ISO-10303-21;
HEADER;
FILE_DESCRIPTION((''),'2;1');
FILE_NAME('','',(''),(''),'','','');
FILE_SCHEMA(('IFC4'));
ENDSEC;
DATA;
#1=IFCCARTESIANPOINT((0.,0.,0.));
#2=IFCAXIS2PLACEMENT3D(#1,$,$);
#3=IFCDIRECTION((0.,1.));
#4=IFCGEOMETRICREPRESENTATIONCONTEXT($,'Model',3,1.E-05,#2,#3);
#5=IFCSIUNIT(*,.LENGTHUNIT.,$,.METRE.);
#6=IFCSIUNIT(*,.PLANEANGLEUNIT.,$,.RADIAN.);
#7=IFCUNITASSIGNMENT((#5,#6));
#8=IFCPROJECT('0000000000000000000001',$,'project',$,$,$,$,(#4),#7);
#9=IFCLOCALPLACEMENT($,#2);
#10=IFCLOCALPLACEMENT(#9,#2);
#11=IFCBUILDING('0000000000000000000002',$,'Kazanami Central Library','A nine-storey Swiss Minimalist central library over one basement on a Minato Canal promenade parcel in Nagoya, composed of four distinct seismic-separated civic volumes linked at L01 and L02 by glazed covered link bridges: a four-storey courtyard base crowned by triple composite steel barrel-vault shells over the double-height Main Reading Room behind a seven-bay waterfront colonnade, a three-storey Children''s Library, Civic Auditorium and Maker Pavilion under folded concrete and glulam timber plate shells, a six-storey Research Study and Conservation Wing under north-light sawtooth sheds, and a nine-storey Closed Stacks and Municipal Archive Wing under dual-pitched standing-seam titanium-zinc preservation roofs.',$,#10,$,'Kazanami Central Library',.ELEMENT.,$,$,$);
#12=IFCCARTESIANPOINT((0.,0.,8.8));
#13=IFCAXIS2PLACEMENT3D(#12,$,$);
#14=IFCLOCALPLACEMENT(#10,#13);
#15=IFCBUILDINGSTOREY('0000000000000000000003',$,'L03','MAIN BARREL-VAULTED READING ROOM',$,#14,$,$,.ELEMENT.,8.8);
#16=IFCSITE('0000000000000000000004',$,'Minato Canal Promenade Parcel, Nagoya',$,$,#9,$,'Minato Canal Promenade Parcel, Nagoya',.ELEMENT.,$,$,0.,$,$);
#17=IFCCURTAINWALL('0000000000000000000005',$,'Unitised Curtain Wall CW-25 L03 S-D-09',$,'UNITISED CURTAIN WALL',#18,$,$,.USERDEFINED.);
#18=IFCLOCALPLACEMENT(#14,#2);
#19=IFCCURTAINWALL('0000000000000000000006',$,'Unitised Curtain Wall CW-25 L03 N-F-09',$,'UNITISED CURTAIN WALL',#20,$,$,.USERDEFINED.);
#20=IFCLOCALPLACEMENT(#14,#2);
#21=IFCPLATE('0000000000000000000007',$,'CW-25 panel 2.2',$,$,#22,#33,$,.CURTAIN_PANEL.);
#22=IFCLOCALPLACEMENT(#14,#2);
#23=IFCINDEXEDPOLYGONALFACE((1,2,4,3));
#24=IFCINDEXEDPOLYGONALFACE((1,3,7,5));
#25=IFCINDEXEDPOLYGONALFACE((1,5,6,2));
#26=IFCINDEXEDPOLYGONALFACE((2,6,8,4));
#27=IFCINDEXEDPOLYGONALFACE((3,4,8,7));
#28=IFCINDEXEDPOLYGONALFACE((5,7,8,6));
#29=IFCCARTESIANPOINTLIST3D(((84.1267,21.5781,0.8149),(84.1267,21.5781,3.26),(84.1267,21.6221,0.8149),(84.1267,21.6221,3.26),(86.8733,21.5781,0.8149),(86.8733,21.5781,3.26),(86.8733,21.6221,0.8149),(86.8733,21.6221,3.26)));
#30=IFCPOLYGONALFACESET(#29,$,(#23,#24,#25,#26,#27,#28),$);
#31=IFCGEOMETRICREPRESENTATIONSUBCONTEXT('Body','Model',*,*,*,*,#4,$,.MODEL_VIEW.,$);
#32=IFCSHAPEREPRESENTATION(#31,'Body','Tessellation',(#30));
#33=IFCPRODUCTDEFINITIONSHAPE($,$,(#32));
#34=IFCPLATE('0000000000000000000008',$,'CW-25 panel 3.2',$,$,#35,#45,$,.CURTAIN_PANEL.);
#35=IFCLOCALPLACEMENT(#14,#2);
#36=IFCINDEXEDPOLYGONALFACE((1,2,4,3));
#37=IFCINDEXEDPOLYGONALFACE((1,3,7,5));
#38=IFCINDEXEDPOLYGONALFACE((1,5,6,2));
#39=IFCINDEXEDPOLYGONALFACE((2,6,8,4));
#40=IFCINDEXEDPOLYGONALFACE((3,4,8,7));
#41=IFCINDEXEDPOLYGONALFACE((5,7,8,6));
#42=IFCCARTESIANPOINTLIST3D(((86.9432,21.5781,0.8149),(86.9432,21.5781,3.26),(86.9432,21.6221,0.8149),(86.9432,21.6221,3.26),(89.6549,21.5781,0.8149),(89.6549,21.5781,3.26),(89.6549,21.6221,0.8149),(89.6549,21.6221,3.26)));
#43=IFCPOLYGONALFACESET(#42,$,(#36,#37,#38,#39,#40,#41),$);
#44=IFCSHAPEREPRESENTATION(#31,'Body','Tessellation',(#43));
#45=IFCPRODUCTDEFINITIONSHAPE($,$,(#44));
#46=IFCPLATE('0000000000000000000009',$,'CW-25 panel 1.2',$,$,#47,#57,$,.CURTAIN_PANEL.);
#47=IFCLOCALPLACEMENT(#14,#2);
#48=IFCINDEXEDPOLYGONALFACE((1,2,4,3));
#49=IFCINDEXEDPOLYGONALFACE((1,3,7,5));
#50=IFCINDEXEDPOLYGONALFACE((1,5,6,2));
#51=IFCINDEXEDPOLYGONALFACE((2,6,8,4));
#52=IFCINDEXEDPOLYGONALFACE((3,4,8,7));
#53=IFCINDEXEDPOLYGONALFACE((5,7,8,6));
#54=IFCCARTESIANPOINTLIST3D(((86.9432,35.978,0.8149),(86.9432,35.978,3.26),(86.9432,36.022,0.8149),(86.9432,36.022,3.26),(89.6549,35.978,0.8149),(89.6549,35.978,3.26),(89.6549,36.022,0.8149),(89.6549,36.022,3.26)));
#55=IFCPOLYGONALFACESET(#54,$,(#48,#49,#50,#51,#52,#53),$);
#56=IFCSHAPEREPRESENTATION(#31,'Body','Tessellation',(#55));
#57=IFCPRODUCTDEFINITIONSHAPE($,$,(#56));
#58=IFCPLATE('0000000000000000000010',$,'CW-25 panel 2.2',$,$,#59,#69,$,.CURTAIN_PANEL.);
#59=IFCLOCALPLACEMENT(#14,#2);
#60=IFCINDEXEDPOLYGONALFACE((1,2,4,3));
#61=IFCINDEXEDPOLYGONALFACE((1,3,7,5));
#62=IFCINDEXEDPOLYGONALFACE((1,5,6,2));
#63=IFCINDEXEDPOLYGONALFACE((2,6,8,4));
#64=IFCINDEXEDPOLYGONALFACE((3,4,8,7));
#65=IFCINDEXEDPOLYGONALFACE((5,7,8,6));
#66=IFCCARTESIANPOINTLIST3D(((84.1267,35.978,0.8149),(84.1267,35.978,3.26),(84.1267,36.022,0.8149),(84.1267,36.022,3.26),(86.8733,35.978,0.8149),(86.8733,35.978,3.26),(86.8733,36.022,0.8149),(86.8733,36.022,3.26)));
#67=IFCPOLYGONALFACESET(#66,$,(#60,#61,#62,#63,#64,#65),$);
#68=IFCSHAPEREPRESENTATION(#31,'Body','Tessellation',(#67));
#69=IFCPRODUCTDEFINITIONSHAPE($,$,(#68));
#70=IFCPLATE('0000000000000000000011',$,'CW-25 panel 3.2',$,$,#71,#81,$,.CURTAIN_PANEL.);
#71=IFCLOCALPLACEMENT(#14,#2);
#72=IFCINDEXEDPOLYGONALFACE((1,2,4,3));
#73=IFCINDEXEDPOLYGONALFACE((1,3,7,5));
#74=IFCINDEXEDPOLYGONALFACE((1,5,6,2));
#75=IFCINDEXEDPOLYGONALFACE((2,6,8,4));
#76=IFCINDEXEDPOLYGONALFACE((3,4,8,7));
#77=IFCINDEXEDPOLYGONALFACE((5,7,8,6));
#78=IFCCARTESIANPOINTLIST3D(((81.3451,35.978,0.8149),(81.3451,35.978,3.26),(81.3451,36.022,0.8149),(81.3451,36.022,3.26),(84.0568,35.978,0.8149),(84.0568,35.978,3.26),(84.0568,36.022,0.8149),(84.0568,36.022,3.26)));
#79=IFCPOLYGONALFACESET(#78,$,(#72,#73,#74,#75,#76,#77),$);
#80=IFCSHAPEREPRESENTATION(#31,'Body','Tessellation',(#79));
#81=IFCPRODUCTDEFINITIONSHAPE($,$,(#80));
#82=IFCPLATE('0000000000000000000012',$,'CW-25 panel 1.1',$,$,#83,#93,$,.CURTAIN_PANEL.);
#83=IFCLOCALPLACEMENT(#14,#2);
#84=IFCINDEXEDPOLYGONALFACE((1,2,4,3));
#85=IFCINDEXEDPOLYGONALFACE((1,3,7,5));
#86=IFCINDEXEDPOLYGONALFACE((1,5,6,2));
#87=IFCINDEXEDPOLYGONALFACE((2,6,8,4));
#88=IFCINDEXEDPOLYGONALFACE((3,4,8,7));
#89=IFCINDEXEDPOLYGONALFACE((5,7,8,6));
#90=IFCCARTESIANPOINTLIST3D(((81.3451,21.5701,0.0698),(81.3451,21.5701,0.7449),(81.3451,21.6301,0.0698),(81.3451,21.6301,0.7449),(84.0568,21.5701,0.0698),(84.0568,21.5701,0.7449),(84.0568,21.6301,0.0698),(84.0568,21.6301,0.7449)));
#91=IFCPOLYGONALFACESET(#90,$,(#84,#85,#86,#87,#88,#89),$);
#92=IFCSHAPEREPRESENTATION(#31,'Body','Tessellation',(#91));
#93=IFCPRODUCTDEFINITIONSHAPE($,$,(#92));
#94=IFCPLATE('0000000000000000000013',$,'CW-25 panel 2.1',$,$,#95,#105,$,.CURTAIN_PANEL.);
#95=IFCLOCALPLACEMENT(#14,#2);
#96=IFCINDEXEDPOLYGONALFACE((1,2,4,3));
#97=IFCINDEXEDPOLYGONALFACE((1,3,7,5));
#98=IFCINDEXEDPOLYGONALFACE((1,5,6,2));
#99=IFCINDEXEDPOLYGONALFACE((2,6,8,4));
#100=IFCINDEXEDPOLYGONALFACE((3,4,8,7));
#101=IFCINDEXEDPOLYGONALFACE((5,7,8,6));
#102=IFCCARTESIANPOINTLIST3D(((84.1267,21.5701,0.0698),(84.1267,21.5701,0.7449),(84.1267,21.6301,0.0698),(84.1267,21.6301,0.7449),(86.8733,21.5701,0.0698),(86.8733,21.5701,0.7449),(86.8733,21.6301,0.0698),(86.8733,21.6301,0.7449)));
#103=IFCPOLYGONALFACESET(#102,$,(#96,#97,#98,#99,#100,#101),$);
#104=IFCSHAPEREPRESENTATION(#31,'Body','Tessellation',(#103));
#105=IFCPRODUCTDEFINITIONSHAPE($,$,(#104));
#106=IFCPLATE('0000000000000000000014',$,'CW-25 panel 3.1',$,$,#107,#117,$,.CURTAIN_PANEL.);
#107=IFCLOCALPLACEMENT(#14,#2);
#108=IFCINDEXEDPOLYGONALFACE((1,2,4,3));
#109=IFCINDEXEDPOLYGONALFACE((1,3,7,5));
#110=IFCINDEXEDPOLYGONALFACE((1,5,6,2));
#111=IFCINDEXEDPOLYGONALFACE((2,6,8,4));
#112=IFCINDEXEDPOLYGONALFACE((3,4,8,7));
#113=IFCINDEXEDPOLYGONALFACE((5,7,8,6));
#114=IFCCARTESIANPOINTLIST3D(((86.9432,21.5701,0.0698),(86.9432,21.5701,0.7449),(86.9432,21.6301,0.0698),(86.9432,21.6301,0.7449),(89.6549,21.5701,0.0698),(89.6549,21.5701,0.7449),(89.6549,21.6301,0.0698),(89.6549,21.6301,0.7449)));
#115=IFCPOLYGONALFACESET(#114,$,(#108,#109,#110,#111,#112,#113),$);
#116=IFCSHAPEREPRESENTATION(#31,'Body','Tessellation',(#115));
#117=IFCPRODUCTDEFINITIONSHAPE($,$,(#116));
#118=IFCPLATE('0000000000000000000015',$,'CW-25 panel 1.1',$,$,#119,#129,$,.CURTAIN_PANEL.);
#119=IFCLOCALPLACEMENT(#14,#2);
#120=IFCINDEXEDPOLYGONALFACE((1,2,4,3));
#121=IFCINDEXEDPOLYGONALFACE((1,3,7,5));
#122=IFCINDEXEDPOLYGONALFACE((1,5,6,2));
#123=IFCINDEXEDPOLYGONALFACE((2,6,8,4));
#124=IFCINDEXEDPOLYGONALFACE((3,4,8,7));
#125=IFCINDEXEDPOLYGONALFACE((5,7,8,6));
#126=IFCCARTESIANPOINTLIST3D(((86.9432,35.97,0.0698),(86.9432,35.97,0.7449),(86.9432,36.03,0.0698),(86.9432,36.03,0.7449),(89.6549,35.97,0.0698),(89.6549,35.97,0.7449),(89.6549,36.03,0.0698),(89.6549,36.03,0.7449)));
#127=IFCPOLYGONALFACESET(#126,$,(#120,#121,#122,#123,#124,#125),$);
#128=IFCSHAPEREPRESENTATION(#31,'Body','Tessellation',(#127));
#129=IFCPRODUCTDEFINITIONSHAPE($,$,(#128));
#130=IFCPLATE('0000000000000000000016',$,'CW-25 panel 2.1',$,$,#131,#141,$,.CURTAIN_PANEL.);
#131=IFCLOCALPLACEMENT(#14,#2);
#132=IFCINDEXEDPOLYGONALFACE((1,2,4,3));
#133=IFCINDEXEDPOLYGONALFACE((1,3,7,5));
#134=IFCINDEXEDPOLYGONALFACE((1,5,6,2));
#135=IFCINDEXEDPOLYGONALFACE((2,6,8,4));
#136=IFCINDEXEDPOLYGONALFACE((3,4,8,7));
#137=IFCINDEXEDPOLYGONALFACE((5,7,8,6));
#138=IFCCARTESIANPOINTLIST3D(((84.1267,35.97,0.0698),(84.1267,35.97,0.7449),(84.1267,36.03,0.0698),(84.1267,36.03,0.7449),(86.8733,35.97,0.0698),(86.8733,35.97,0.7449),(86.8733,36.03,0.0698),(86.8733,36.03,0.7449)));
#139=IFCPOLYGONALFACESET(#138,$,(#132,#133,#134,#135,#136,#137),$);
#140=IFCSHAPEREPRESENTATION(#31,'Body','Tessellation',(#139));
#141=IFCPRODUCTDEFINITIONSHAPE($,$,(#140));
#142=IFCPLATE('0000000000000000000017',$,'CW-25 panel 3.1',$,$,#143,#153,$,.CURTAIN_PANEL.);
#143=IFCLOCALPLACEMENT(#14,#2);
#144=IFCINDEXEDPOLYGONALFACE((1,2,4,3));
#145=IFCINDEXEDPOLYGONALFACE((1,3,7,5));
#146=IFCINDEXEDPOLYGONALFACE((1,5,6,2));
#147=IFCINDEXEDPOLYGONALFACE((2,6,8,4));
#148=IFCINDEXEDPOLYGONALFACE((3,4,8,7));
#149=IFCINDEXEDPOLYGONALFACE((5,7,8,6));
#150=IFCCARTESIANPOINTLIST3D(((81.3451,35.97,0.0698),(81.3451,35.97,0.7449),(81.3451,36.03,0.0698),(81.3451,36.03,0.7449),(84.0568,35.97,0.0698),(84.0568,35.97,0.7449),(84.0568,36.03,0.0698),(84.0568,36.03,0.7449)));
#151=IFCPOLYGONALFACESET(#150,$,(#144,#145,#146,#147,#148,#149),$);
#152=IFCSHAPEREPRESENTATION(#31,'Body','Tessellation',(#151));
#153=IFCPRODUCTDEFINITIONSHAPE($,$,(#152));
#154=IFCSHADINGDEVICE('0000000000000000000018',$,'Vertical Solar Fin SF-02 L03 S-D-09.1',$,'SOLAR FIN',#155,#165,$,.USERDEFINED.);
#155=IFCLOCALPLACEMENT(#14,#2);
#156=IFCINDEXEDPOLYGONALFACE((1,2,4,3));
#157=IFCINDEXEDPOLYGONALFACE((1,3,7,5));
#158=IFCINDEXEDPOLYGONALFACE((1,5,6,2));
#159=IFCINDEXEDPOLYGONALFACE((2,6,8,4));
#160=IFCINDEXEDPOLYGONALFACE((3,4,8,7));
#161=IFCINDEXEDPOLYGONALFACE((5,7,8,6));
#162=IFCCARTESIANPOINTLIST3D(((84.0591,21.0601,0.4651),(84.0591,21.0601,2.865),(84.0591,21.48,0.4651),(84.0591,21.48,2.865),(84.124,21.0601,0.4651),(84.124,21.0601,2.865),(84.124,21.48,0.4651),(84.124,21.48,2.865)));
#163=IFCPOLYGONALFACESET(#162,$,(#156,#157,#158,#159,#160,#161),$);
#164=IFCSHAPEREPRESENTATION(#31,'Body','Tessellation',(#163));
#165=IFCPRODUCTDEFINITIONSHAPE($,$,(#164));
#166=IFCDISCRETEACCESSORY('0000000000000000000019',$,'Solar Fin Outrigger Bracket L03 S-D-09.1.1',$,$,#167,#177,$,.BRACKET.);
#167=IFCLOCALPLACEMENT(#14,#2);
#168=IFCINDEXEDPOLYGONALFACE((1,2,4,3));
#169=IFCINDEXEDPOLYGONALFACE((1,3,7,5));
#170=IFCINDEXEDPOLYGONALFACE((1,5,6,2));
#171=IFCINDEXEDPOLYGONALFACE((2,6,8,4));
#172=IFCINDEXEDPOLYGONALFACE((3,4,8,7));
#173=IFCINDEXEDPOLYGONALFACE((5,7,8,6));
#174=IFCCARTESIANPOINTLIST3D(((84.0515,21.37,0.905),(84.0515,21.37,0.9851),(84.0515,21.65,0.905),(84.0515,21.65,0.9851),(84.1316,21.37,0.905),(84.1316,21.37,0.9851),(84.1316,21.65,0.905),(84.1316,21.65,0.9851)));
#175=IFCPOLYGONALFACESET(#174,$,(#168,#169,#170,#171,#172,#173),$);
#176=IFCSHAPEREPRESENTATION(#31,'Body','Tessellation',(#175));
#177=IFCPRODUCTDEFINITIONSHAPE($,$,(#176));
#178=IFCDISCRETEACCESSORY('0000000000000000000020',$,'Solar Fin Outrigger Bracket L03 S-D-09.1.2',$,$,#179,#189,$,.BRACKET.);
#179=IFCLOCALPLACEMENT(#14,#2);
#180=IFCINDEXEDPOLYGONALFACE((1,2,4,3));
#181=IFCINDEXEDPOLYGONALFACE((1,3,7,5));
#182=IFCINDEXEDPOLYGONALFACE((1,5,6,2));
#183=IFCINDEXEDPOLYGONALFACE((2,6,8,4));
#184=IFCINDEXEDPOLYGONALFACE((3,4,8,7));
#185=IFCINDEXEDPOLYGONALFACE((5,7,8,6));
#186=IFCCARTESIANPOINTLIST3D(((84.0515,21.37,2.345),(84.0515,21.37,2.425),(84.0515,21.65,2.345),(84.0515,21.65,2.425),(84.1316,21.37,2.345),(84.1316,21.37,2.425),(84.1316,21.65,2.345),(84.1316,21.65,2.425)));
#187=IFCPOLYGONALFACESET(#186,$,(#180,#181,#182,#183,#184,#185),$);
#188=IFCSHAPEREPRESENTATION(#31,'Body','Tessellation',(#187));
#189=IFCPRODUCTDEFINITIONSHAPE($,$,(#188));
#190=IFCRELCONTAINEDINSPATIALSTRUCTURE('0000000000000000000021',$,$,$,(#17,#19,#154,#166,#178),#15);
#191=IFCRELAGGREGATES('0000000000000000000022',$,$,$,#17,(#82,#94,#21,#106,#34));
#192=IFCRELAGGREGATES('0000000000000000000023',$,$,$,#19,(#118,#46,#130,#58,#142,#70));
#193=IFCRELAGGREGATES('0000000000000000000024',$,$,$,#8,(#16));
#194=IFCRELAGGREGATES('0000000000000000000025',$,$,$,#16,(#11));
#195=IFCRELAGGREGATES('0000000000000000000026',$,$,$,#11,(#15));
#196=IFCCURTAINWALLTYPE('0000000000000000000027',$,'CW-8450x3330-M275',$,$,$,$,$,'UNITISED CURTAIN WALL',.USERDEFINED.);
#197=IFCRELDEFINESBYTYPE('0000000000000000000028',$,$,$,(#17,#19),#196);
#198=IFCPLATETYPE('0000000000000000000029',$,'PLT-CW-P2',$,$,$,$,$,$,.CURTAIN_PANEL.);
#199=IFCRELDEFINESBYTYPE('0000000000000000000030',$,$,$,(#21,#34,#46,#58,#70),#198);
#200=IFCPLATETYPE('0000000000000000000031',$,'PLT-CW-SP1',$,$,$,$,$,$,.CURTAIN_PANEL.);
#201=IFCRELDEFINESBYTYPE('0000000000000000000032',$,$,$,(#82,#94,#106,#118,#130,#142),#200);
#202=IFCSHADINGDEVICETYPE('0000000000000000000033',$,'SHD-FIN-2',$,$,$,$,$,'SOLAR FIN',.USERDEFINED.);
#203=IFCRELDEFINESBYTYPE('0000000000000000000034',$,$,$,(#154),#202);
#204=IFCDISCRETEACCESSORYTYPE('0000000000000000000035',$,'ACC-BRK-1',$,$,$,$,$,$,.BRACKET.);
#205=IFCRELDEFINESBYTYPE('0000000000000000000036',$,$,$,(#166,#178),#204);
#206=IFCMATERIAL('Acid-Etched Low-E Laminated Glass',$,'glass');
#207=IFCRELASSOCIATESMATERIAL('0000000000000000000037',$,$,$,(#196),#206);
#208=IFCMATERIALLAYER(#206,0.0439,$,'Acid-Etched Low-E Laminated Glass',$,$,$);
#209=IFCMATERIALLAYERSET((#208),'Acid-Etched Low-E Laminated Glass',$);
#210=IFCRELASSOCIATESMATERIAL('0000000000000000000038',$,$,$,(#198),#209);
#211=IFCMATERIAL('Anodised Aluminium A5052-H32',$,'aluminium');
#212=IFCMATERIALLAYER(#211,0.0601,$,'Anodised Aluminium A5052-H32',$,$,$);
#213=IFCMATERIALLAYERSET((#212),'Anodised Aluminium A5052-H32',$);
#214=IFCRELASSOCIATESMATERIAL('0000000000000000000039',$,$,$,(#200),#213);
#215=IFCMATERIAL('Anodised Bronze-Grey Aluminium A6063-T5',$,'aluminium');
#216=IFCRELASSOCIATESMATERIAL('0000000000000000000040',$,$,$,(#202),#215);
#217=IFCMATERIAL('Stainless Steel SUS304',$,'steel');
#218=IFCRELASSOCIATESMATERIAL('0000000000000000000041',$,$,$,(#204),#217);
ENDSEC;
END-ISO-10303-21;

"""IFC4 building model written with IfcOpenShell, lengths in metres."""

from ifc_helpers import new_model, si_unit, direction, frame, origin, origin_2d, place, context, subcontext, project, spatial, rectangle, extrude, material, layer, layer_set, type_object, element, aggregate, save


model = new_model("IFC4")

# Units and contexts
model_context = context("Model", 3, precision=1e-05, world=origin(), true_north=direction((0.0, 1.0)))
body_context = subcontext(model_context, "Body", "Model", "MODEL_VIEW")
ifc_project = project(units=[si_unit("LENGTHUNIT", "METRE"), si_unit("PLANEANGLEUNIT", "RADIAN")], contexts=[model_context])

# Site, building, storey
site_placement = place(None, origin())
site = spatial("IfcSite", under=ifc_project, at=site_placement, Name="Minato Canal Promenade Parcel, Nagoya", LongName="Minato Canal Promenade Parcel, Nagoya", CompositionType="ELEMENT", RefElevation=0.0)
building_placement = place(site_placement, origin())
building = spatial("IfcBuilding", under=site, at=building_placement, Name="Kazanami Central Library", Description="A nine-storey Swiss Minimalist central library over one basement on a Minato Canal promenade parcel in Nagoya, composed of four distinct seismic-separated civic volumes linked at L01 and L02 by glazed covered link bridges: a four-storey courtyard base crowned by triple composite steel barrel-vault shells over the double-height Main Reading Room behind a seven-bay waterfront colonnade, a three-storey Children's Library, Civic Auditorium and Maker Pavilion under folded concrete and glulam timber plate shells, a six-storey Research Study and Conservation Wing under north-light sawtooth sheds, and a nine-storey Closed Stacks and Municipal Archive Wing under dual-pitched standing-seam titanium-zinc preservation roofs.", LongName="Kazanami Central Library", CompositionType="ELEMENT")
storey_placement = place(building_placement, frame((0.0, 0.0, 8.8)))
storey = spatial("IfcBuildingStorey", under=building, at=storey_placement, Name="L03", Description="MAIN BARREL-VAULTED READING ROOM", CompositionType="ELEMENT", Elevation=8.8)

# Curtain walls
ifc_material_1 = material(Name="Acid-Etched Low-E Laminated Glass", Category="glass")
curtain_wall_type = type_object("IfcCurtainWallType", Name="CW-8450x3330-M275", ElementType="UNITISED CURTAIN WALL", PredefinedType="USERDEFINED", material=ifc_material_1)
curtain_wall_1_placement = place(storey_placement, origin())
curtain_wall_1 = element("IfcCurtainWall", 1, at=curtain_wall_1_placement, inside=storey, type_object=curtain_wall_type, Name="Unitised Curtain Wall CW-25 L03 S-D-09", ObjectType="UNITISED CURTAIN WALL", PredefinedType="USERDEFINED")
curtain_wall_2_placement = place(storey_placement, origin())
curtain_wall_2 = element("IfcCurtainWall", 2, at=curtain_wall_2_placement, inside=storey, type_object=curtain_wall_type, Name="Unitised Curtain Wall CW-25 L03 N-F-09", ObjectType="UNITISED CURTAIN WALL", PredefinedType="USERDEFINED")

# Plates
ifc_layer_1 = layer(ifc_material_1, 0.0439, Name="Acid-Etched Low-E Laminated Glass")
ifc_layer_set_1 = layer_set([ifc_layer_1], Name="Acid-Etched Low-E Laminated Glass")
plate_type_1 = type_object("IfcPlateType", Name="PLT-CW-P2", PredefinedType="CURTAIN_PANEL", material=ifc_layer_set_1)
plate_1_placement = place(storey_placement, frame((85.5, 21.6001, 0.8149), z_axis=(0.0, 0.0, 1.0), x_axis=(1.0, 0.0, 0.0)))
plate_1 = element("IfcPlate", 3, at=plate_1_placement, type_object=plate_type_1, Name="CW-25 panel 2.2", PredefinedType="CURTAIN_PANEL", context=body_context, shape_type="SweptSolid", body=[
    extrude(rectangle(XDim=2.7466, YDim=0.0439, at=origin_2d()), origin(), (0.0, 0.0, 1.0), 2.4451),
])
plate_2_placement = place(storey_placement, frame((88.2991, 21.6001, 0.8149), z_axis=(0.0, 0.0, 1.0), x_axis=(1.0, 0.0, 0.0)))
plate_2 = element("IfcPlate", 4, at=plate_2_placement, type_object=plate_type_1, Name="CW-25 panel 3.2", PredefinedType="CURTAIN_PANEL", context=body_context, shape_type="SweptSolid", body=[
    extrude(rectangle(XDim=2.7117, YDim=0.0439, at=origin_2d()), origin(), (0.0, 0.0, 1.0), 2.4451),
])
plate_3_placement = place(storey_placement, frame((88.2991, 36.0, 0.8149), z_axis=(0.0, 0.0, 1.0), x_axis=(-1.0, 0.0, 0.0)))
plate_3 = element("IfcPlate", 5, at=plate_3_placement, type_object=plate_type_1, Name="CW-25 panel 1.2", PredefinedType="CURTAIN_PANEL", context=body_context, shape_type="SweptSolid", body=[
    extrude(rectangle(XDim=2.7117, YDim=0.0439, at=origin_2d()), origin(), (0.0, 0.0, 1.0), 2.4451),
])
plate_4_placement = place(storey_placement, frame((85.5, 36.0, 0.8149), z_axis=(0.0, 0.0, 1.0), x_axis=(-1.0, 0.0, 0.0)))
plate_4 = element("IfcPlate", 6, at=plate_4_placement, type_object=plate_type_1, Name="CW-25 panel 2.2", PredefinedType="CURTAIN_PANEL", context=body_context, shape_type="SweptSolid", body=[
    extrude(rectangle(XDim=2.7466, YDim=0.0439, at=origin_2d()), origin(), (0.0, 0.0, 1.0), 2.4451),
])
plate_5_placement = place(storey_placement, frame((82.7009, 36.0, 0.8149), z_axis=(0.0, 0.0, 1.0), x_axis=(-1.0, 0.0, 0.0)))
plate_5 = element("IfcPlate", 7, at=plate_5_placement, type_object=plate_type_1, Name="CW-25 panel 3.2", PredefinedType="CURTAIN_PANEL", context=body_context, shape_type="SweptSolid", body=[
    extrude(rectangle(XDim=2.7117, YDim=0.0439, at=origin_2d()), origin(), (0.0, 0.0, 1.0), 2.4451),
])
ifc_material_2 = material(Name="Anodised Aluminium A5052-H32", Category="aluminium")
ifc_layer_2 = layer(ifc_material_2, 0.0601, Name="Anodised Aluminium A5052-H32")
ifc_layer_set_2 = layer_set([ifc_layer_2], Name="Anodised Aluminium A5052-H32")
plate_type_2 = type_object("IfcPlateType", Name="PLT-CW-SP1", PredefinedType="CURTAIN_PANEL", material=ifc_layer_set_2)
plate_6_placement = place(storey_placement, frame((82.7009, 21.6001, 0.0698), z_axis=(0.0, 0.0, 1.0), x_axis=(1.0, 0.0, 0.0)))
plate_6 = element("IfcPlate", 8, at=plate_6_placement, type_object=plate_type_2, Name="CW-25 panel 1.1", PredefinedType="CURTAIN_PANEL", context=body_context, shape_type="SweptSolid", body=[
    extrude(rectangle(XDim=2.7117, YDim=0.0601, at=origin_2d()), origin(), (0.0, 0.0, 1.0), 0.675),
])
plate_7_placement = place(storey_placement, frame((85.5, 21.6001, 0.0698), z_axis=(0.0, 0.0, 1.0), x_axis=(1.0, 0.0, 0.0)))
plate_7 = element("IfcPlate", 9, at=plate_7_placement, type_object=plate_type_2, Name="CW-25 panel 2.1", PredefinedType="CURTAIN_PANEL", context=body_context, shape_type="SweptSolid", body=[
    extrude(rectangle(XDim=2.7466, YDim=0.0601, at=origin_2d()), origin(), (0.0, 0.0, 1.0), 0.675),
])
plate_8_placement = place(storey_placement, frame((88.2991, 21.6001, 0.0698), z_axis=(0.0, 0.0, 1.0), x_axis=(1.0, 0.0, 0.0)))
plate_8 = element("IfcPlate", 10, at=plate_8_placement, type_object=plate_type_2, Name="CW-25 panel 3.1", PredefinedType="CURTAIN_PANEL", context=body_context, shape_type="SweptSolid", body=[
    extrude(rectangle(XDim=2.7117, YDim=0.0601, at=origin_2d()), origin(), (0.0, 0.0, 1.0), 0.675),
])
aggregate(curtain_wall_1, [plate_6, plate_7, plate_1, plate_8, plate_2])
plate_9_placement = place(storey_placement, frame((88.2991, 36.0, 0.0698), z_axis=(0.0, 0.0, 1.0), x_axis=(-1.0, 0.0, 0.0)))
plate_9 = element("IfcPlate", 11, at=plate_9_placement, type_object=plate_type_2, Name="CW-25 panel 1.1", PredefinedType="CURTAIN_PANEL", context=body_context, shape_type="SweptSolid", body=[
    extrude(rectangle(XDim=2.7117, YDim=0.0601, at=origin_2d()), origin(), (0.0, 0.0, 1.0), 0.675),
])
plate_10_placement = place(storey_placement, frame((85.5, 36.0, 0.0698), z_axis=(0.0, 0.0, 1.0), x_axis=(-1.0, 0.0, 0.0)))
plate_10 = element("IfcPlate", 12, at=plate_10_placement, type_object=plate_type_2, Name="CW-25 panel 2.1", PredefinedType="CURTAIN_PANEL", context=body_context, shape_type="SweptSolid", body=[
    extrude(rectangle(XDim=2.7466, YDim=0.0601, at=origin_2d()), origin(), (0.0, 0.0, 1.0), 0.675),
])
plate_11_placement = place(storey_placement, frame((82.7009, 36.0, 0.0698), z_axis=(0.0, 0.0, 1.0), x_axis=(-1.0, 0.0, 0.0)))
plate_11 = element("IfcPlate", 13, at=plate_11_placement, type_object=plate_type_2, Name="CW-25 panel 3.1", PredefinedType="CURTAIN_PANEL", context=body_context, shape_type="SweptSolid", body=[
    extrude(rectangle(XDim=2.7117, YDim=0.0601, at=origin_2d()), origin(), (0.0, 0.0, 1.0), 0.675),
])
aggregate(curtain_wall_2, [plate_9, plate_3, plate_10, plate_4, plate_11, plate_5])

# Shading device
ifc_material_3 = material(Name="Anodised Bronze-Grey Aluminium A6063-T5", Category="aluminium")
shading_device_type = type_object("IfcShadingDeviceType", Name="SHD-FIN-2", ElementType="SOLAR FIN", PredefinedType="USERDEFINED", material=ifc_material_3)
shading_device_placement = place(storey_placement, frame((84.0916, 21.27, 0.4651), z_axis=(0.0, 0.0, 1.0), x_axis=(1.0, 0.0, 0.0)))
element("IfcShadingDevice", 14, at=shading_device_placement, inside=storey, type_object=shading_device_type, Name="Vertical Solar Fin SF-02 L03 S-D-09.1", ObjectType="SOLAR FIN", PredefinedType="USERDEFINED", context=body_context, shape_type="SweptSolid", body=[
    extrude(rectangle(XDim=0.0649, YDim=0.4199, at=origin_2d()), origin(), (0.0, 0.0, 1.0), 2.3999),
])

# Discrete accessories
ifc_material_4 = material(Name="Stainless Steel SUS304", Category="steel")
discrete_accessory_type = type_object("IfcDiscreteAccessoryType", Name="ACC-BRK-1", PredefinedType="BRACKET", material=ifc_material_4)
for number, where, z_axis, x_axis, name in (
    (15, (84.0916, 21.51, 0.905), (0.0, 0.0, 1.0), (1.0, 0.0, 0.0), "Solar Fin Outrigger Bracket L03 S-D-09.1.1"),
    (16, (84.0916, 21.51, 2.345), (0.0, 0.0, 1.0), (1.0, 0.0, 0.0), "Solar Fin Outrigger Bracket L03 S-D-09.1.2"),
):
    element("IfcDiscreteAccessory", number, at=place(storey_placement, frame(where, z_axis=z_axis, x_axis=x_axis)), inside=storey, type_object=discrete_accessory_type, Name=name, PredefinedType="BRACKET", context=body_context, shape_type="SweptSolid", body=[
        extrude(rectangle(XDim=0.0801, YDim=0.28, at=origin_2d()), origin(), (0.0, 0.0, 1.0), 0.0801),
    ])

save(model, "model.ifc")
